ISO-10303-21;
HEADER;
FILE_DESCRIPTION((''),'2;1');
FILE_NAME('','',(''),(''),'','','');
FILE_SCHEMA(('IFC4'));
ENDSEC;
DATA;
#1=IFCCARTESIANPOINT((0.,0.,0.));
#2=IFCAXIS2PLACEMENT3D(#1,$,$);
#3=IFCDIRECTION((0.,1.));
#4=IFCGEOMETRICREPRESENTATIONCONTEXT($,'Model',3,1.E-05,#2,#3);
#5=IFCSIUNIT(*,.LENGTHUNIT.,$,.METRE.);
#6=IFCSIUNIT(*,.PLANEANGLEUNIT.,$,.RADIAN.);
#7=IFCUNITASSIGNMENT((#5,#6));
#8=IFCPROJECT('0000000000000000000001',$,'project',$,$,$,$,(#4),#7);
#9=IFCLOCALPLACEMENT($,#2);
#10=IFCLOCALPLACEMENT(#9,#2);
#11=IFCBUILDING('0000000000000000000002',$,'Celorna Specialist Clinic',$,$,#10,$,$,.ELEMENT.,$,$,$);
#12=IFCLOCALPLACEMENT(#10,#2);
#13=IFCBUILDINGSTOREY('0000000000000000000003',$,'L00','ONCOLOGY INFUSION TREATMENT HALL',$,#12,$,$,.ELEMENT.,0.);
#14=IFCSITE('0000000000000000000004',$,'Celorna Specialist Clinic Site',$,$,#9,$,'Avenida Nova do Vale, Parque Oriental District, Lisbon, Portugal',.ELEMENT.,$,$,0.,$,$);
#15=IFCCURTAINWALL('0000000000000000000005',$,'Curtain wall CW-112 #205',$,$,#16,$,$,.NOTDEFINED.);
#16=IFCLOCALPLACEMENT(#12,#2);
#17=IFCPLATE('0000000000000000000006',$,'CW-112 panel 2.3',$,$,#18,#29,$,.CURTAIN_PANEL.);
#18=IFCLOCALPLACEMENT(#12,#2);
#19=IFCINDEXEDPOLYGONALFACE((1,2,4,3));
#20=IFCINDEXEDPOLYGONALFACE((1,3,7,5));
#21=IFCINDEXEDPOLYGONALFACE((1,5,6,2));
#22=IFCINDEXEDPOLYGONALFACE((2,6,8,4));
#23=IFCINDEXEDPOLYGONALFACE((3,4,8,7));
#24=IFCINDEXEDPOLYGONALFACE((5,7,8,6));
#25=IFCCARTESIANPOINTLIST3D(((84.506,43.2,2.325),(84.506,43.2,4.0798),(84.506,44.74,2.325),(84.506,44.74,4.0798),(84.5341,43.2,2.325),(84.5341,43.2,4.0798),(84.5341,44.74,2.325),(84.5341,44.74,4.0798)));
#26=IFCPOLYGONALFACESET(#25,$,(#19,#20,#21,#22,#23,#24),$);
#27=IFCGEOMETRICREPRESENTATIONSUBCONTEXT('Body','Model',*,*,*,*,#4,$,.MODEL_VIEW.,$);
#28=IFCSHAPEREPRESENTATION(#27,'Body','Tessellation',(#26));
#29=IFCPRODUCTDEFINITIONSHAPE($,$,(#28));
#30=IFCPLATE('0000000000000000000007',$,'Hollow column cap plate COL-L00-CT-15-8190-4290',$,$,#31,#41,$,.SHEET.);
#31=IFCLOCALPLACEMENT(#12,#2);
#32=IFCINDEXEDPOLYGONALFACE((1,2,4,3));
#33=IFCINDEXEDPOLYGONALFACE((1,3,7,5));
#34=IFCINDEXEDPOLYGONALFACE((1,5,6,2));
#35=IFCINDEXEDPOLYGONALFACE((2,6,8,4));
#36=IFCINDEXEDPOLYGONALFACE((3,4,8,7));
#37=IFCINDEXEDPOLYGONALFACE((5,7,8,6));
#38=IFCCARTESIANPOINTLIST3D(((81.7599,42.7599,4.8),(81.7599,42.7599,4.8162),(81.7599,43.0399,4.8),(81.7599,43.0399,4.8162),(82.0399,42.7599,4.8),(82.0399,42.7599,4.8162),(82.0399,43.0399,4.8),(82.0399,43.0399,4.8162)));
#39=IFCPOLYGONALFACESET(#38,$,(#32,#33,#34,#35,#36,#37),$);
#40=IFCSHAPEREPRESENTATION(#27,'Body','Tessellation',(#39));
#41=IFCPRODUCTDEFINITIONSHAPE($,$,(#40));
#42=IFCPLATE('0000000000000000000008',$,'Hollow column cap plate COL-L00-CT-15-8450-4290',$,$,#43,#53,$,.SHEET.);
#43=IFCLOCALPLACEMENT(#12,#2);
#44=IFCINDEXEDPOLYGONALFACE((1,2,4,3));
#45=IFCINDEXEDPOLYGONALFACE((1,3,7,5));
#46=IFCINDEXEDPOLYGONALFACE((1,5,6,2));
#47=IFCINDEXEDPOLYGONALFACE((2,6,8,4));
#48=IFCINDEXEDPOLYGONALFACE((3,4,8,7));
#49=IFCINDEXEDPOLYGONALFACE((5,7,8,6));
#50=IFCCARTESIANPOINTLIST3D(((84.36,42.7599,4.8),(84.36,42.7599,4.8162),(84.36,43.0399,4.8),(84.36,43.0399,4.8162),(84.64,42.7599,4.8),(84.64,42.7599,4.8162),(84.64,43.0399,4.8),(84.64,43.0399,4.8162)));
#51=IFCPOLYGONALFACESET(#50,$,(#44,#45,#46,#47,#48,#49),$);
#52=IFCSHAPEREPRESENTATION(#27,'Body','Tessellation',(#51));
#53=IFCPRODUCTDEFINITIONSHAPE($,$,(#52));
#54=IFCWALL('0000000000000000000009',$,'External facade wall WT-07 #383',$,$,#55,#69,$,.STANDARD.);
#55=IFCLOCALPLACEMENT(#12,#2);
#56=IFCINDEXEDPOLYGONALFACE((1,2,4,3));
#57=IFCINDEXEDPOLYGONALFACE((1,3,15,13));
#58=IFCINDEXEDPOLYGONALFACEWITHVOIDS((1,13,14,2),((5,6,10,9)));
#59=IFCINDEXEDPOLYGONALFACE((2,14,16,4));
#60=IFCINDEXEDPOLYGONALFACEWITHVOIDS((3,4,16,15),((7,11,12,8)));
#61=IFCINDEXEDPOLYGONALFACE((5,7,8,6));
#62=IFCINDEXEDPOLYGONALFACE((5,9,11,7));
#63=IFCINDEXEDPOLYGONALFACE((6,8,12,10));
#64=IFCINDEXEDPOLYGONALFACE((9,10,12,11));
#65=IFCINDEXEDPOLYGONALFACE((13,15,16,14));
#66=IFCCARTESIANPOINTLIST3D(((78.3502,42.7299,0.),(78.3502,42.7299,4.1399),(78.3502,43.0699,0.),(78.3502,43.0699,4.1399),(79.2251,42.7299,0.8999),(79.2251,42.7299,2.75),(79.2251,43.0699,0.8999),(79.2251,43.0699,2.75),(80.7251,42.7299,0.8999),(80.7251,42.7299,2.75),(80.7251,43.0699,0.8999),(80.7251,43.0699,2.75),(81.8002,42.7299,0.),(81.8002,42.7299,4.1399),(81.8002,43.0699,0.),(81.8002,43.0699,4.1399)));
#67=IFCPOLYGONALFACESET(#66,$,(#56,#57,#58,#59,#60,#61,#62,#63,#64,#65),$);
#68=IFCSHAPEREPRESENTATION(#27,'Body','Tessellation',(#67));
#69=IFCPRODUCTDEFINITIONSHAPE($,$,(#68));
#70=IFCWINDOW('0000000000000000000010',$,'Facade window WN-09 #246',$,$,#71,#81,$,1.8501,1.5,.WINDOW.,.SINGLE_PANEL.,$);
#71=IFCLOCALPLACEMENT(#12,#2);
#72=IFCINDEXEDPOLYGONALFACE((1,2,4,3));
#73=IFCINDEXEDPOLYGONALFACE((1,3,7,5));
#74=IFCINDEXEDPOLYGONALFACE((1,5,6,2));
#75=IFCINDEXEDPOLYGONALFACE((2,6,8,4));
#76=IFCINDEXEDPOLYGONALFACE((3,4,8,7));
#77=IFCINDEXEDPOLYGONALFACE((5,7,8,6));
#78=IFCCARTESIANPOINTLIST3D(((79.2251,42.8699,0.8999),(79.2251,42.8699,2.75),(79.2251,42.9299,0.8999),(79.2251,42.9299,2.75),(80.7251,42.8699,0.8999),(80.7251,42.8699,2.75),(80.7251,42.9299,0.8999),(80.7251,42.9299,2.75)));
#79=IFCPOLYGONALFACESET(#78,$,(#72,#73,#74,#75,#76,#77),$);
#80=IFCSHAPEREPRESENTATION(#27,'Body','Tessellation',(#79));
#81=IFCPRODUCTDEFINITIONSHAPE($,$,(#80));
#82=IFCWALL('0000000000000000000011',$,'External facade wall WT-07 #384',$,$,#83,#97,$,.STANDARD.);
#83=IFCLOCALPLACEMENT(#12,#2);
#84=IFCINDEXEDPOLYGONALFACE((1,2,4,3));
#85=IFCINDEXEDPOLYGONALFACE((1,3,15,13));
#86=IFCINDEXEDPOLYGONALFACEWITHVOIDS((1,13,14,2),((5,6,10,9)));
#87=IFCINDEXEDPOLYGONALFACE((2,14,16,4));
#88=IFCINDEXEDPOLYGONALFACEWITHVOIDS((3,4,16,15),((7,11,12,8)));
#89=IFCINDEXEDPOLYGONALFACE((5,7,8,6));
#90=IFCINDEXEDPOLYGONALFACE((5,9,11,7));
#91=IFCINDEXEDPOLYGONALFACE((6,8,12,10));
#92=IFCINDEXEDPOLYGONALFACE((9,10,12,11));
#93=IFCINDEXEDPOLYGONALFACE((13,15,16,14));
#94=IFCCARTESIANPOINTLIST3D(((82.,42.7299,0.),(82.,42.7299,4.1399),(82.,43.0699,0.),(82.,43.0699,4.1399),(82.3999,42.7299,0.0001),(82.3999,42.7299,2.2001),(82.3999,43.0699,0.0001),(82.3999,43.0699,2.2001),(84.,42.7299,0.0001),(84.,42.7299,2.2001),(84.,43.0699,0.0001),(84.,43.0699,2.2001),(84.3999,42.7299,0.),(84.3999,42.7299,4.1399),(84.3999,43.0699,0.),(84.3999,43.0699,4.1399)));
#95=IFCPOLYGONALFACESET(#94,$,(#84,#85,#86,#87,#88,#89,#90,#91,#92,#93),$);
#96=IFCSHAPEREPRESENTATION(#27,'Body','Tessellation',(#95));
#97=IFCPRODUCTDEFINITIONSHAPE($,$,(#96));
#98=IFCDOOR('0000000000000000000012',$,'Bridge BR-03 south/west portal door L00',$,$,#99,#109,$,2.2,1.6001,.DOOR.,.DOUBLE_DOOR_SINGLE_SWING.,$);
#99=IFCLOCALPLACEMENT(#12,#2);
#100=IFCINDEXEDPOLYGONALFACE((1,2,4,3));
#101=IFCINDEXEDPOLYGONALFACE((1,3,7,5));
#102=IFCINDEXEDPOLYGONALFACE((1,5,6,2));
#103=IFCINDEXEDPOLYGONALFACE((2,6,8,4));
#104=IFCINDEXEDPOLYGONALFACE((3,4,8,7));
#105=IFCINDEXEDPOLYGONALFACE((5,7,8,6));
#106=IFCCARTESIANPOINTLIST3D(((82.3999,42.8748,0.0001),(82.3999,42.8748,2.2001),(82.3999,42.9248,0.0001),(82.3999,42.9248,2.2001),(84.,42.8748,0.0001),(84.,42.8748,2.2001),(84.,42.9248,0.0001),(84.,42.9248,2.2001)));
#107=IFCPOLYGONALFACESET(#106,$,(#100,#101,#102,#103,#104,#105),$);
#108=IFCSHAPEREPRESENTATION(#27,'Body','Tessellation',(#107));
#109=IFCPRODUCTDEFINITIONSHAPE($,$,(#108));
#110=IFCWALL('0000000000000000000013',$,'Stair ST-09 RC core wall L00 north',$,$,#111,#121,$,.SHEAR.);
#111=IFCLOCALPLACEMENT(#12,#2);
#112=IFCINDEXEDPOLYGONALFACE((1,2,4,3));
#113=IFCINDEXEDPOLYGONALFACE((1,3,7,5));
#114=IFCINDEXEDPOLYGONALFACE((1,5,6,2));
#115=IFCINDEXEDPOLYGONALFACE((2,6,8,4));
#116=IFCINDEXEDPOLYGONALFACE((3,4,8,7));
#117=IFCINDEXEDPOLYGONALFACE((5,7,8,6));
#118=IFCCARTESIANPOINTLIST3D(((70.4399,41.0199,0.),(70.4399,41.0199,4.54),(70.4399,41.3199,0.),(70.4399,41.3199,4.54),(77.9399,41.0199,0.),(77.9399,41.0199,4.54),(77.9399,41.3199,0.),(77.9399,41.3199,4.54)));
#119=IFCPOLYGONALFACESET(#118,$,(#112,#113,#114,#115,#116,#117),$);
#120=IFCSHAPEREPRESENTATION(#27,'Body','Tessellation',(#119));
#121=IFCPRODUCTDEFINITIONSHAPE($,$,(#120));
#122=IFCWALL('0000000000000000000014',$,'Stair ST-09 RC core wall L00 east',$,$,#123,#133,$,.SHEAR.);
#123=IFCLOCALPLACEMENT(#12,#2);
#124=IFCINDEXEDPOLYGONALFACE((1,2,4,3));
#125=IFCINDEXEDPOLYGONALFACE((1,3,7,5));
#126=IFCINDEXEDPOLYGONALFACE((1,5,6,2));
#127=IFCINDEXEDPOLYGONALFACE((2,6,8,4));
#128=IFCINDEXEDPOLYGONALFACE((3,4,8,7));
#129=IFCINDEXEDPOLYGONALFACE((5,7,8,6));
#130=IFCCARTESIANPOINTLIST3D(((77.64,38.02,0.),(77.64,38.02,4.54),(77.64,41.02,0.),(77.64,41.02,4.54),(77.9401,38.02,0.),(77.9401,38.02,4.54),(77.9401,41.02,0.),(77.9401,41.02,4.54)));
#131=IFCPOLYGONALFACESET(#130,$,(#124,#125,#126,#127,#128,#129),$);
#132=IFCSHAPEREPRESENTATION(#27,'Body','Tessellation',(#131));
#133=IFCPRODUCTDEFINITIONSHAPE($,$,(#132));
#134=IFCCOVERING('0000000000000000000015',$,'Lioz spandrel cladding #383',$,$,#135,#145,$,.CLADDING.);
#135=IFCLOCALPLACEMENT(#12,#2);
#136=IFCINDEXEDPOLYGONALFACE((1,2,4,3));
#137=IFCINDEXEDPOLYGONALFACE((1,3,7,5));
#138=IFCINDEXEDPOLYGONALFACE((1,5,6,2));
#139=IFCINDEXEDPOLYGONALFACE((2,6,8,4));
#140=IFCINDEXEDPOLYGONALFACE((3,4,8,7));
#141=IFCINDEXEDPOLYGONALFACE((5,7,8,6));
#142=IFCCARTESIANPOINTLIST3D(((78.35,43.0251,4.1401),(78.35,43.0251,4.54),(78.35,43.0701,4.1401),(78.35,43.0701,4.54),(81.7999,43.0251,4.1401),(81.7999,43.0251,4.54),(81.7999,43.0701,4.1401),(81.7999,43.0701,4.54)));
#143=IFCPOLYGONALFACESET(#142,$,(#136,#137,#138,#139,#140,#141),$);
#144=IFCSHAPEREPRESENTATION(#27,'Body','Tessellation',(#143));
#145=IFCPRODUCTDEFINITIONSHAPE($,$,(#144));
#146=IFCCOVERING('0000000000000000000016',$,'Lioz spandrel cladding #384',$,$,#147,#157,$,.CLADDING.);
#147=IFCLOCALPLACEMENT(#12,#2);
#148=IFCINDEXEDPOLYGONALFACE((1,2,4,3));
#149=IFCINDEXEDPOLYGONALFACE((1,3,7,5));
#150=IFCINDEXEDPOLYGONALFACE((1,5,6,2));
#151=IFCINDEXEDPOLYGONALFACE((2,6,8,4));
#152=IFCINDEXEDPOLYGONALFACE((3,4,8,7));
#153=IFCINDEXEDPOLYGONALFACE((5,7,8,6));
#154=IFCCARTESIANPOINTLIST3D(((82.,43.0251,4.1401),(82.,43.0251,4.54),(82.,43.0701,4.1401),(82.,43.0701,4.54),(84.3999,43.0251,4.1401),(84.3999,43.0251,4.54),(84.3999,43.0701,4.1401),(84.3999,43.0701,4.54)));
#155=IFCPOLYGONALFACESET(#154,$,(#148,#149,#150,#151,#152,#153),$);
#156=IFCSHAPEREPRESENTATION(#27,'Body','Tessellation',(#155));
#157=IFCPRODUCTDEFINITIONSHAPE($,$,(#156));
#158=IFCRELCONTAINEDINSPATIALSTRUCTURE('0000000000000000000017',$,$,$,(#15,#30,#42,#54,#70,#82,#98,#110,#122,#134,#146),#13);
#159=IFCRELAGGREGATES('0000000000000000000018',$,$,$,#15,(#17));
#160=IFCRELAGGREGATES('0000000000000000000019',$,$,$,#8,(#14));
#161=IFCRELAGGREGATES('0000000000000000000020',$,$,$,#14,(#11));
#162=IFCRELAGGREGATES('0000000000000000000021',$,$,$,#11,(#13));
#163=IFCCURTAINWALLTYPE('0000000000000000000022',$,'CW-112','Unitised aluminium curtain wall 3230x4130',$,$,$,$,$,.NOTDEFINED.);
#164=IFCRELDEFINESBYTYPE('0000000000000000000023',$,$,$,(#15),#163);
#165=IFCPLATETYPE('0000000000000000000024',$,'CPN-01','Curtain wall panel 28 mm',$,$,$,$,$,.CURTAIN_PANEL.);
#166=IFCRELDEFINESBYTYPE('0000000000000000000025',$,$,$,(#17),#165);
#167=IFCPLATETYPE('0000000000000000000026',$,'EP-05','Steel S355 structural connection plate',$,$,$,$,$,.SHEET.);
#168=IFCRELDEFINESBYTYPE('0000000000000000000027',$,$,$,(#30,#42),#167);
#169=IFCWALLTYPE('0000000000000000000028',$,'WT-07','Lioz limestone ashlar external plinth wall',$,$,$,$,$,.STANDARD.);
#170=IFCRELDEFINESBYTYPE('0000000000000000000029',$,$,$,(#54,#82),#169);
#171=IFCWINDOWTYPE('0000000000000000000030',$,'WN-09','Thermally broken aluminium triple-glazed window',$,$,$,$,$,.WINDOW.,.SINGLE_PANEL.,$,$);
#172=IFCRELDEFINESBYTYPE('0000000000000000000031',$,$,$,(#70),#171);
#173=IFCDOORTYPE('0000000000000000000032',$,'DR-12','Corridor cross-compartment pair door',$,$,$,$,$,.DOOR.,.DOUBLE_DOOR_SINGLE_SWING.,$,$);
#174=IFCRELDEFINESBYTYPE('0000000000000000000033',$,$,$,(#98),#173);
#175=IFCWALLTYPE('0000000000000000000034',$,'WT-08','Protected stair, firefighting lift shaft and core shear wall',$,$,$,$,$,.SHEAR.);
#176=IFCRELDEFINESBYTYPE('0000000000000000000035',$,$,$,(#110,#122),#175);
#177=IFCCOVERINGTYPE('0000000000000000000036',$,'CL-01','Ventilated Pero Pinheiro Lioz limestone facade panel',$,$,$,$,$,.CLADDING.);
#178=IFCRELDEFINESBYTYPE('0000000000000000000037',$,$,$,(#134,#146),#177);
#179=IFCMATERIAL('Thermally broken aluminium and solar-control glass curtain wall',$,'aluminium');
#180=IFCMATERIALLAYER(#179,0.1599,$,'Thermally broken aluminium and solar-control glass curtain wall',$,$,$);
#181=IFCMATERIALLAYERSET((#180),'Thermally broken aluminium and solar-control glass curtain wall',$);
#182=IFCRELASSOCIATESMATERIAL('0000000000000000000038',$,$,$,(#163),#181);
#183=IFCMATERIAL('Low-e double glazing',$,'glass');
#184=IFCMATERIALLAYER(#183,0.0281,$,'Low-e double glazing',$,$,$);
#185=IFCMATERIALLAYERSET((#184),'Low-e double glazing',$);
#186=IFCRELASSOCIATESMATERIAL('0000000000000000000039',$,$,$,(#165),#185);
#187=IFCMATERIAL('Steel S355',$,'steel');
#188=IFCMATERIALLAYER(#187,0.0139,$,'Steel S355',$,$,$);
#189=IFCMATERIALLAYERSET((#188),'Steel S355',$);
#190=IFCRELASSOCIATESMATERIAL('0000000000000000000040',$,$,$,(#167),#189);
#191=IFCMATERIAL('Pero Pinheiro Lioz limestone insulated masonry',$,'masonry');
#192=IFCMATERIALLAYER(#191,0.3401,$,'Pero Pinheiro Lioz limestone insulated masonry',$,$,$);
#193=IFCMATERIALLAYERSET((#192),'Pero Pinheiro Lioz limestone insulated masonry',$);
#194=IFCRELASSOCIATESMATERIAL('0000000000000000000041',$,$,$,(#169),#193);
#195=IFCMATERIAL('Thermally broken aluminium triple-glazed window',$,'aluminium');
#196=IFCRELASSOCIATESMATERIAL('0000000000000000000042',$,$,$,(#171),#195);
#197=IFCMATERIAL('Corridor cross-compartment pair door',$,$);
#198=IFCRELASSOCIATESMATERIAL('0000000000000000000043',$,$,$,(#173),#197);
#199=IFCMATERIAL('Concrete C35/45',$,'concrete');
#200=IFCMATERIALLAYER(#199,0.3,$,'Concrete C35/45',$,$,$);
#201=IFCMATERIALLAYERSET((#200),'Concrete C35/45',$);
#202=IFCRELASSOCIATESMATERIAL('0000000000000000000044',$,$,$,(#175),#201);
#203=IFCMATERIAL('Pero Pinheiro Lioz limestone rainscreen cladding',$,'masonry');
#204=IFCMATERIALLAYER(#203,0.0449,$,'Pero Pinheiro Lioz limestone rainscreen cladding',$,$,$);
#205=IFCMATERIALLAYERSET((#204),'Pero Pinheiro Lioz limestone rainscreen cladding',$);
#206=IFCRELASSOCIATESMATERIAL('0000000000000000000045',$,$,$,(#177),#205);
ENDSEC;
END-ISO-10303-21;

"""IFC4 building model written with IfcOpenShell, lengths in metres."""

from ifc_helpers import new_model, si_unit, direction, frame, frame_2d, origin, origin_2d, place, context, subcontext, project, spatial, rectangle, extrude, material, layer, layer_set, type_object, element, fill, aggregate, save


model = new_model("IFC4")

# Units and contexts
model_context = context("Model", 3, precision=1e-05, world=origin(), true_north=direction((0.0, 1.0)))
body_context = subcontext(model_context, "Body", "Model", "MODEL_VIEW")
ifc_project = project(units=[si_unit("LENGTHUNIT", "METRE"), si_unit("PLANEANGLEUNIT", "RADIAN")], contexts=[model_context])

# Site, building, storey
site_placement = place(None, origin())
site = spatial("IfcSite", under=ifc_project, at=site_placement, Name="Celorna Specialist Clinic Site", LongName="Avenida Nova do Vale, Parque Oriental District, Lisbon, Portugal", CompositionType="ELEMENT", RefElevation=0.0)
building_placement = place(site_placement, origin())
building = spatial("IfcBuilding", under=site, at=building_placement, Name="Celorna Specialist Clinic", CompositionType="ELEMENT")
storey_placement = place(building_placement, origin())
storey = spatial("IfcBuildingStorey", under=building, at=storey_placement, Name="L00", Description="ONCOLOGY INFUSION TREATMENT HALL", CompositionType="ELEMENT", Elevation=0.0)

# Shared definitions
ifc_material_1 = material(Name="Concrete C35/45", Category="concrete")
ifc_material_2 = material(Name="Steel S355", Category="steel")

# Shared definitions
ifc_material_3 = material(Name="Thermally broken aluminium and solar-control glass curtain wall", Category="aluminium")
ifc_layer_1 = layer(ifc_material_3, 0.1599, Name="Thermally broken aluminium and solar-control glass curtain wall")
ifc_layer_set_1 = layer_set([ifc_layer_1], Name="Thermally broken aluminium and solar-control glass curtain wall")
curtain_wall_type = type_object("IfcCurtainWallType", Name="CW-112", Description="Unitised aluminium curtain wall 3230x4130", PredefinedType="NOTDEFINED", material=ifc_layer_set_1)

# Curtain wall
curtain_wall_1_placement = place(storey_placement, origin())
curtain_wall_1 = element("IfcCurtainWall", 1, at=curtain_wall_1_placement, inside=storey, type_object=curtain_wall_type, Name="Curtain wall CW-112 #205", PredefinedType="NOTDEFINED")

# Plate
ifc_material_4 = material(Name="Low-e double glazing", Category="glass")
ifc_layer_2 = layer(ifc_material_4, 0.0281, Name="Low-e double glazing")
ifc_layer_set_2 = layer_set([ifc_layer_2], Name="Low-e double glazing")
plate_type_1 = type_object("IfcPlateType", Name="CPN-01", Description="Curtain wall panel 28 mm", PredefinedType="CURTAIN_PANEL", material=ifc_layer_set_2)
plate_1_placement = place(storey_placement, frame((84.52, 43.97, 2.325), z_axis=(0.0, 0.0, 1.0), x_axis=(0.0, -1.0, 0.0)))
plate_1 = element("IfcPlate", 2, at=plate_1_placement, type_object=plate_type_1, Name="CW-112 panel 2.3", PredefinedType="CURTAIN_PANEL", context=body_context, shape_type="SweptSolid", body=[
    extrude(rectangle(XDim=1.54, YDim=0.0281, at=origin_2d()), origin(), (0.0, 0.0, 1.0), 1.7549),
])
aggregate(curtain_wall_1, [plate_1])

# Plates
ifc_layer_3 = layer(ifc_material_2, 0.0139, Name="Steel S355")
ifc_layer_set_3 = layer_set([ifc_layer_3], Name="Steel S355")
plate_type_2 = type_object("IfcPlateType", Name="EP-05", Description="Steel S355 structural connection plate", PredefinedType="SHEET", material=ifc_layer_set_3)
for number, where, z_axis, x_axis, name in (
    (3, (81.8999, 42.8999, 4.8), (0.0, 0.0, 1.0), (1.0, 0.0, 0.0), "Hollow column cap plate COL-L00-CT-15-8190-4290"),
    (4, (84.5, 42.8999, 4.8), (0.0, 0.0, 1.0), (1.0, 0.0, 0.0), "Hollow column cap plate COL-L00-CT-15-8450-4290"),
):
    element("IfcPlate", number, at=place(storey_placement, frame(where, z_axis=z_axis, x_axis=x_axis)), inside=storey, type_object=plate_type_2, Name=name, PredefinedType="SHEET", context=body_context, shape_type="SweptSolid", body=[
        extrude(rectangle(XDim=0.28, YDim=0.28, at=origin_2d()), origin(), (0.0, 0.0, 1.0), 0.0161),
    ])

# Wall, opening, window
ifc_material_5 = material(Name="Pero Pinheiro Lioz limestone insulated masonry", Category="masonry")
ifc_layer_4 = layer(ifc_material_5, 0.3401, Name="Pero Pinheiro Lioz limestone insulated masonry")
ifc_layer_set_4 = layer_set([ifc_layer_4], Name="Pero Pinheiro Lioz limestone insulated masonry")
wall_type_1 = type_object("IfcWallType", Name="WT-07", Description="Lioz limestone ashlar external plinth wall", PredefinedType="STANDARD", material=ifc_layer_set_4)
wall_1_placement = place(storey_placement, frame((78.3501, 42.8999, 0.0), z_axis=(0.0, 0.0, 1.0), x_axis=(1.0, 0.0, 0.0)))
wall_1 = element("IfcWall", 5, at=wall_1_placement, inside=storey, type_object=wall_type_1, Name="External facade wall WT-07 #383", PredefinedType="STANDARD", context=body_context, shape_type="SweptSolid", body=[
    extrude(rectangle(XDim=3.45, YDim=0.3401, at=frame_2d((1.7251, 0.0))), origin(), (0.0, 0.0, 1.0), 4.1399),
])
opening_1_placement = place(wall_1_placement, frame((0.875, 0.0, 0.8999)))
opening_1 = element("IfcOpeningElement", 6, at=opening_1_placement, cuts=wall_1, PredefinedType="OPENING", context=body_context, shape_type="SweptSolid", body=[
    extrude(rectangle(XDim=1.5, YDim=1.8501, at=frame_2d((0.75, 0.925))), frame((0.0, 0.1799, 0.0), z_axis=(0.0, -1.0, 0.0), x_axis=(1.0, 0.0, 0.0)), (0.0, 0.0, 1.0), 0.3601),
])
ifc_material_6 = material(Name="Thermally broken aluminium triple-glazed window", Category="aluminium")
window_type = type_object("IfcWindowType", Name="WN-09", Description="Thermally broken aluminium triple-glazed window", PartitioningType="SINGLE_PANEL", PredefinedType="WINDOW", material=ifc_material_6)
window_placement = place(opening_1_placement, origin())
window = element("IfcWindow", 7, at=window_placement, inside=storey, type_object=window_type, Name="Facade window WN-09 #246", OverallHeight=1.8501, OverallWidth=1.5, PartitioningType="SINGLE_PANEL", PredefinedType="WINDOW", context=body_context, shape_type="SweptSolid", body=[
    extrude(rectangle(XDim=1.5, YDim=1.8501, at=frame_2d((0.75, 0.925))), frame((0.0, 0.03, 0.0), z_axis=(0.0, -1.0, 0.0), x_axis=(1.0, 0.0, 0.0)), (0.0, 0.0, 1.0), 0.0601),
])
fill(opening_1, window)

# Wall, opening, door
wall_2_placement = place(storey_placement, frame((82.0, 42.8999, 0.0), z_axis=(0.0, 0.0, 1.0), x_axis=(1.0, 0.0, 0.0)))
wall_2 = element("IfcWall", 8, at=wall_2_placement, inside=storey, type_object=wall_type_1, Name="External facade wall WT-07 #384", PredefinedType="STANDARD", context=body_context, shape_type="SweptSolid", body=[
    extrude(rectangle(XDim=2.3999, YDim=0.3401, at=frame_2d((1.2, 0.0))), origin(), (0.0, 0.0, 1.0), 4.1399),
])
opening_2_placement = place(wall_2_placement, frame((0.3999, 0.0, 0.0)))
opening_2 = element("IfcOpeningElement", 9, at=opening_2_placement, cuts=wall_2, PredefinedType="OPENING", context=body_context, shape_type="SweptSolid", body=[
    extrude(rectangle(XDim=1.6001, YDim=2.2, at=frame_2d((0.8, 1.1001))), frame((0.0, 0.1799, 0.0), z_axis=(0.0, -1.0, 0.0), x_axis=(1.0, 0.0, 0.0)), (0.0, 0.0, 1.0), 0.3601),
])
ifc_material_7 = material(Name="Corridor cross-compartment pair door")
door_type = type_object("IfcDoorType", Name="DR-12", Description="Corridor cross-compartment pair door", OperationType="DOUBLE_DOOR_SINGLE_SWING", PredefinedType="DOOR", material=ifc_material_7)
door_placement = place(opening_2_placement, origin())
door = element("IfcDoor", 10, at=door_placement, inside=storey, type_object=door_type, Name="Bridge BR-03 south/west portal door L00", OperationType="DOUBLE_DOOR_SINGLE_SWING", OverallHeight=2.2, OverallWidth=1.6001, PredefinedType="DOOR", context=body_context, shape_type="SweptSolid", body=[
    extrude(rectangle(XDim=1.6001, YDim=2.2, at=frame_2d((0.8, 1.1001))), frame((0.0, 0.0249, 0.0), z_axis=(0.0, -1.0, 0.0), x_axis=(1.0, 0.0, 0.0)), (0.0, 0.0, 1.0), 0.05),
])
fill(opening_2, door)

# Walls
ifc_layer_5 = layer(ifc_material_1, 0.3, Name="Concrete C35/45")
ifc_layer_set_5 = layer_set([ifc_layer_5], Name="Concrete C35/45")
wall_type_2 = type_object("IfcWallType", Name="WT-08", Description="Protected stair, firefighting lift shaft and core shear wall", PredefinedType="SHEAR", material=ifc_layer_set_5)
wall_3_placement = place(storey_placement, frame((77.9399, 41.1699, 0.0), z_axis=(0.0, 0.0, 1.0), x_axis=(-1.0, 0.0, 0.0)))
element("IfcWall", 11, at=wall_3_placement, inside=storey, type_object=wall_type_2, Name="Stair ST-09 RC core wall L00 north", PredefinedType="SHEAR", context=body_context, shape_type="SweptSolid", body=[
    extrude(rectangle(XDim=7.5, YDim=0.3, at=frame_2d((3.75, 0.0))), origin(), (0.0, 0.0, 1.0), 4.54),
])
wall_4_placement = place(storey_placement, frame((77.79, 38.02, 0.0), z_axis=(0.0, 0.0, 1.0), x_axis=(0.0, 1.0, 0.0)))
element("IfcWall", 12, at=wall_4_placement, inside=storey, type_object=wall_type_2, Name="Stair ST-09 RC core wall L00 east", PredefinedType="SHEAR", context=body_context, shape_type="SweptSolid", body=[
    extrude(rectangle(XDim=3.0, YDim=0.3, at=frame_2d((1.5, 0.0))), origin(), (0.0, 0.0, 1.0), 4.54),
])

# Coverings
ifc_material_8 = material(Name="Pero Pinheiro Lioz limestone rainscreen cladding", Category="masonry")
ifc_layer_6 = layer(ifc_material_8, 0.0449, Name="Pero Pinheiro Lioz limestone rainscreen cladding")
ifc_layer_set_6 = layer_set([ifc_layer_6], Name="Pero Pinheiro Lioz limestone rainscreen cladding")
covering_type = type_object("IfcCoveringType", Name="CL-01", Description="Ventilated Pero Pinheiro Lioz limestone facade panel", PredefinedType="CLADDING", material=ifc_layer_set_6)
covering_1_placement = place(storey_placement, frame((80.075, 43.0476, 4.1401), z_axis=(0.0, 0.0, 1.0), x_axis=(1.0, 0.0, 0.0)))
element("IfcCovering", 13, at=covering_1_placement, inside=storey, type_object=covering_type, Name="Lioz spandrel cladding #383", PredefinedType="CLADDING", context=body_context, shape_type="SweptSolid", body=[
    extrude(rectangle(XDim=3.45, YDim=0.0449, at=origin_2d()), origin(), (0.0, 0.0, 1.0), 0.3999),
])
covering_2_placement = place(storey_placement, frame((83.2, 43.0476, 4.1401), z_axis=(0.0, 0.0, 1.0), x_axis=(1.0, 0.0, 0.0)))
element("IfcCovering", 14, at=covering_2_placement, inside=storey, type_object=covering_type, Name="Lioz spandrel cladding #384", PredefinedType="CLADDING", context=body_context, shape_type="SweptSolid", body=[
    extrude(rectangle(XDim=2.3999, YDim=0.0449, at=origin_2d()), origin(), (0.0, 0.0, 1.0), 0.3999),
])

save(model, "model.ifc")
